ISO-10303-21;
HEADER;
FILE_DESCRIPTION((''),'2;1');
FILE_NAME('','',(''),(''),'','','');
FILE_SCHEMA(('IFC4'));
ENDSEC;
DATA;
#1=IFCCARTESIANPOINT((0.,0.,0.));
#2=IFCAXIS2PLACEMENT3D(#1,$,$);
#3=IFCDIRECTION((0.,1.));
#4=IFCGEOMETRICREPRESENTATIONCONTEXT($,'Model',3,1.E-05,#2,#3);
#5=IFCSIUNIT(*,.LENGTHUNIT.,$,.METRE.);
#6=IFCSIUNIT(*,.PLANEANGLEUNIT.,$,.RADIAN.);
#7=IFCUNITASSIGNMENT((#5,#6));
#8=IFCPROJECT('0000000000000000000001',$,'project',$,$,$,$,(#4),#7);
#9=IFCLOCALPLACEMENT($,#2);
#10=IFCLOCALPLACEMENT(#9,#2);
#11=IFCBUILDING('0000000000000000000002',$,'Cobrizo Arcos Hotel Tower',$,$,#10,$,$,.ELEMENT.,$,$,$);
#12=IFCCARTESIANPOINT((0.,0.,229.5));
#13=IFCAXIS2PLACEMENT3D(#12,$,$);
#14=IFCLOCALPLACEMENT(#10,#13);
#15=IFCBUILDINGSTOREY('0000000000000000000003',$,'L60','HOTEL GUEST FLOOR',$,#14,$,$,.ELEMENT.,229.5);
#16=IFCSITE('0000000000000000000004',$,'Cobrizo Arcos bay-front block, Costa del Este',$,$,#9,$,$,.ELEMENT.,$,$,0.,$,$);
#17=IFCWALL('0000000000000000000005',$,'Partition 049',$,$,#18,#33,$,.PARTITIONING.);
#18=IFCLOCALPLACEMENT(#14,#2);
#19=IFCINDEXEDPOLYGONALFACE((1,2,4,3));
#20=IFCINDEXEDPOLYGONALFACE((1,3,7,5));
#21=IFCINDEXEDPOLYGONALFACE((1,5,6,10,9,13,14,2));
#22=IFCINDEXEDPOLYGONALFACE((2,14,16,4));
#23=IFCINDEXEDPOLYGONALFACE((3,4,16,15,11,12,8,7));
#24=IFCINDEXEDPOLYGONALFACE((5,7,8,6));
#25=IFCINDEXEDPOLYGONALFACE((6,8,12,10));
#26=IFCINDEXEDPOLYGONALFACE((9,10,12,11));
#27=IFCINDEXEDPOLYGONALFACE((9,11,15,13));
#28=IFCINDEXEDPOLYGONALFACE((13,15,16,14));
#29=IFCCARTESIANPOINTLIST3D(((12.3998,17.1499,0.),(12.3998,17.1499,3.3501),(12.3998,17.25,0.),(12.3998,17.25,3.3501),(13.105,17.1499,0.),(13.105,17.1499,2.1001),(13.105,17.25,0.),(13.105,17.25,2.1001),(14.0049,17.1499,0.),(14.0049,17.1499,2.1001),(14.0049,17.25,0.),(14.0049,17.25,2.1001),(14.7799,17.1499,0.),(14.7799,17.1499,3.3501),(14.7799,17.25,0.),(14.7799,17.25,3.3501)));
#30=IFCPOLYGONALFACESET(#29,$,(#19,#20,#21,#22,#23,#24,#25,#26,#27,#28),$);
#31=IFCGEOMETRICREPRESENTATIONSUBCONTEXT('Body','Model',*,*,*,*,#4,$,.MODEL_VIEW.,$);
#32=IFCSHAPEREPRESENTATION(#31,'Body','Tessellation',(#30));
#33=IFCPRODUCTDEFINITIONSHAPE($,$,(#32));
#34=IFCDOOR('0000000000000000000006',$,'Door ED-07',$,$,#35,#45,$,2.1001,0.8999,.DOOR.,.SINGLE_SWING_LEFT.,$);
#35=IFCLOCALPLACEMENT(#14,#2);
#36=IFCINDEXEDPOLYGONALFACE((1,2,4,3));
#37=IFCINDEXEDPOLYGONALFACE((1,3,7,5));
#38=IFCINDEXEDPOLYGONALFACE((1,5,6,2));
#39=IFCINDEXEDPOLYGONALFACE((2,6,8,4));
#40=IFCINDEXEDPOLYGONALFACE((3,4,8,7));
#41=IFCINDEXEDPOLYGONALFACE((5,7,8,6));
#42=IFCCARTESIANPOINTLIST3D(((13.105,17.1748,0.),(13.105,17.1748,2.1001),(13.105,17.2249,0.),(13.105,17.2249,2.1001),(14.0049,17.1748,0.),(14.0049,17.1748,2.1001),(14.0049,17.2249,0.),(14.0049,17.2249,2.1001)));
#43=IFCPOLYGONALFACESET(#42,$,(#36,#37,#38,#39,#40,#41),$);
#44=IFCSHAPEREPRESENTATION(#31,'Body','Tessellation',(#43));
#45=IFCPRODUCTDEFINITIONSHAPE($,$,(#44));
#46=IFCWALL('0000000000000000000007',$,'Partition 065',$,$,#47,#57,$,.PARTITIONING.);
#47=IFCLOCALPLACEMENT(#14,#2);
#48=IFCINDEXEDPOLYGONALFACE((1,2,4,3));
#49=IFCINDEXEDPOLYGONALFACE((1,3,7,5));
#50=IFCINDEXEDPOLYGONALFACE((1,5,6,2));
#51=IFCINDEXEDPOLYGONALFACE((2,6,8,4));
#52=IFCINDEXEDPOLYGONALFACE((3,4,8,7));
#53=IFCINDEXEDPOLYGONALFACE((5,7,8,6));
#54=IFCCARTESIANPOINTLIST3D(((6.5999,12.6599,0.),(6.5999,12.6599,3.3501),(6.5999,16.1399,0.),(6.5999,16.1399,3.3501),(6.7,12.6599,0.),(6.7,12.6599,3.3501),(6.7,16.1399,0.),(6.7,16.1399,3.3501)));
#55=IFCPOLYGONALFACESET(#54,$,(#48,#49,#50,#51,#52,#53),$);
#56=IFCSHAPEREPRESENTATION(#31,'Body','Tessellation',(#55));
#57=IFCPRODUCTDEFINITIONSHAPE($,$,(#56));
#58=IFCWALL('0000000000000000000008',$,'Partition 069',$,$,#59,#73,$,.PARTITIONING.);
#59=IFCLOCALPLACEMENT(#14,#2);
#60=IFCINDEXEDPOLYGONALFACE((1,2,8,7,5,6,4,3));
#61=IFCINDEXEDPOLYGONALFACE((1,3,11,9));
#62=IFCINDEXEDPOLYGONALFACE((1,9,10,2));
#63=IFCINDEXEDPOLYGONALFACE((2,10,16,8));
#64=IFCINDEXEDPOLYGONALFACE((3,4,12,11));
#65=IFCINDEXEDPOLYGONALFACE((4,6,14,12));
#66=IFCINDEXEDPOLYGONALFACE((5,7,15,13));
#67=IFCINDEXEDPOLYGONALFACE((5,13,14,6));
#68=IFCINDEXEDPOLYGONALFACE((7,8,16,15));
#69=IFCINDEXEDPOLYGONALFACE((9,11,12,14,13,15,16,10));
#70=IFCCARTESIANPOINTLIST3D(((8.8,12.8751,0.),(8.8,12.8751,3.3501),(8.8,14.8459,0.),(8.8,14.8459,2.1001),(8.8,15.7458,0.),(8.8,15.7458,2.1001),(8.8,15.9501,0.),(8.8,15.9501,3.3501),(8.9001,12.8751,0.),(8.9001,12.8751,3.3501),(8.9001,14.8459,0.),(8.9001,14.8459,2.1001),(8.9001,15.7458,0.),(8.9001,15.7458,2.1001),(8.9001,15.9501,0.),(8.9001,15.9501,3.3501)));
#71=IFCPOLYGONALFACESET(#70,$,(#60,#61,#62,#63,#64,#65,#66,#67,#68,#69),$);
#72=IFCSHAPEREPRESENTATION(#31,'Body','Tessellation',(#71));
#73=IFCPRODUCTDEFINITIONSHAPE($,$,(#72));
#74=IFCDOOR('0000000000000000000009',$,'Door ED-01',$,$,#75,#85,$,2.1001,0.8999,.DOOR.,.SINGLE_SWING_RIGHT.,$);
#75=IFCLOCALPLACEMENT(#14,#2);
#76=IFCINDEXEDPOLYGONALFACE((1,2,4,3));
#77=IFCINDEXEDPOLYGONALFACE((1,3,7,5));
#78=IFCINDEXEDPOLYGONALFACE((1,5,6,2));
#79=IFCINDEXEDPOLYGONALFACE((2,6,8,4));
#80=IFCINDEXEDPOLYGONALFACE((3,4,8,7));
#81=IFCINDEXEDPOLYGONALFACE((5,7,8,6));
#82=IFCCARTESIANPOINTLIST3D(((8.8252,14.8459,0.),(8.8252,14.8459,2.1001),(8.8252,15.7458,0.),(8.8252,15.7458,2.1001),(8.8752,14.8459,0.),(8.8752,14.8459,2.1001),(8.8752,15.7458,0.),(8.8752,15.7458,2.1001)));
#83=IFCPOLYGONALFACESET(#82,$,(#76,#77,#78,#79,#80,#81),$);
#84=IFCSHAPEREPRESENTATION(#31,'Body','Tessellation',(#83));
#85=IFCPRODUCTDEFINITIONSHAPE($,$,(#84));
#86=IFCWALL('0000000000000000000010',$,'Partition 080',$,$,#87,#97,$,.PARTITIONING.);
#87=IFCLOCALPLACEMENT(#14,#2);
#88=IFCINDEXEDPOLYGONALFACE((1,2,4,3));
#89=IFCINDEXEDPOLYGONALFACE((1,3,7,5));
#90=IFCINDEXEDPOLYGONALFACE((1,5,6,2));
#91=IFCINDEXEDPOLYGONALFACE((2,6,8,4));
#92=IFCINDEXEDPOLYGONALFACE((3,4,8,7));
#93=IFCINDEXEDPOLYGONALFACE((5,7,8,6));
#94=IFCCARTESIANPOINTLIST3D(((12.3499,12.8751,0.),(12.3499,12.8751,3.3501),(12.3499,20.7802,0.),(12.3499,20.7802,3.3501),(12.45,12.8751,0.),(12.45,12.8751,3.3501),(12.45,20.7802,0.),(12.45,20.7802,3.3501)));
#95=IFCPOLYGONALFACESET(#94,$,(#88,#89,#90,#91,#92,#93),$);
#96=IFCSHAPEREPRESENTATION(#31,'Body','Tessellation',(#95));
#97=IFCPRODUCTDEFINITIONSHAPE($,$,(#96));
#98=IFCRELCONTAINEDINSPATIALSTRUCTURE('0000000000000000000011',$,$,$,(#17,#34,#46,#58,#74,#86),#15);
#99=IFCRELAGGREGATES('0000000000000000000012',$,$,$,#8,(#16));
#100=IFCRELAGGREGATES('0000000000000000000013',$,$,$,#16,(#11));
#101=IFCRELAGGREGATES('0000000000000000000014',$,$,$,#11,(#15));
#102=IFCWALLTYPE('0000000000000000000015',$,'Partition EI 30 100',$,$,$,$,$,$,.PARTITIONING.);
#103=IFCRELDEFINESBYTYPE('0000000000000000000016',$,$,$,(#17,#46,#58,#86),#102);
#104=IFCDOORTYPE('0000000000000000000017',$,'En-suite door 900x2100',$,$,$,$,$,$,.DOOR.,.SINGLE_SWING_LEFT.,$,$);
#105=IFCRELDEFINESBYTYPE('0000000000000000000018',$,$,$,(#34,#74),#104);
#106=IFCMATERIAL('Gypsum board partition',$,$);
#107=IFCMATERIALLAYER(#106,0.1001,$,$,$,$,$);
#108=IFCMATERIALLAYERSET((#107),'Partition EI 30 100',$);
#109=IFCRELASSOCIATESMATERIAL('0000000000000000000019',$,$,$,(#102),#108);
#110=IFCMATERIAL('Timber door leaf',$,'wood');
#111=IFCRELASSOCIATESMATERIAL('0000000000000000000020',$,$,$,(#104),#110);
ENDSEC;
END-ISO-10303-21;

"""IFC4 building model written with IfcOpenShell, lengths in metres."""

from ifc_helpers import new_model, si_unit, direction, frame, frame_2d, origin, place, context, subcontext, project, spatial, rectangle, extrude, material, layer, layer_set, type_object, element, fill, save


model = new_model("IFC4")

# Units and contexts
model_context = context("Model", 3, precision=1e-05, world=origin(), true_north=direction((0.0, 1.0)))
body_context = subcontext(model_context, "Body", "Model", "MODEL_VIEW")
ifc_project = project(units=[si_unit("LENGTHUNIT", "METRE"), si_unit("PLANEANGLEUNIT", "RADIAN")], contexts=[model_context])

# Site, building, storey
site_placement = place(None, origin())
site = spatial("IfcSite", under=ifc_project, at=site_placement, Name="Cobrizo Arcos bay-front block, Costa del Este", CompositionType="ELEMENT", RefElevation=0.0)
building_placement = place(site_placement, origin())
building = spatial("IfcBuilding", under=site, at=building_placement, Name="Cobrizo Arcos Hotel Tower", CompositionType="ELEMENT")
storey_placement = place(building_placement, frame((0.0, 0.0, 229.5)))
storey = spatial("IfcBuildingStorey", under=building, at=storey_placement, Name="L60", Description="HOTEL GUEST FLOOR", CompositionType="ELEMENT", Elevation=229.5)

# Shared definitions
ifc_material_1 = material(Name="Gypsum board partition")
ifc_material_2 = material(Name="Timber door leaf", Category="wood")

# Shared definitions
ifc_layer_1 = layer(ifc_material_1, 0.1001)
ifc_layer_set_1 = layer_set([ifc_layer_1], Name="Partition EI 30 100")
wall_type_1 = type_object("IfcWallType", Name="Partition EI 30 100", PredefinedType="PARTITIONING", material=ifc_layer_set_1)

# Wall, opening, door
wall_1_placement = place(storey_placement, frame((12.3999, 17.2, 0.0), z_axis=(0.0, 0.0, 1.0), x_axis=(1.0, 0.0, 0.0)))
wall_1 = element("IfcWall", 1, at=wall_1_placement, inside=storey, type_object=wall_type_1, Name="Partition 049", PredefinedType="PARTITIONING", context=body_context, shape_type="SweptSolid", body=[
    extrude(rectangle(XDim=2.3801, YDim=0.1001, at=frame_2d((1.1899, 0.0))), origin(), (0.0, 0.0, 1.0), 3.3501),
])
opening_1_placement = place(wall_1_placement, frame((0.7051, 0.0, 0.0)))
opening_1 = element("IfcOpeningElement", 2, at=opening_1_placement, cuts=wall_1, PredefinedType="OPENING", context=body_context, shape_type="SweptSolid", body=[
    extrude(rectangle(XDim=0.8999, YDim=2.1001, at=frame_2d((0.45, 1.05))), frame((0.0, 0.062, 0.0), z_axis=(0.0, -1.0, 0.0), x_axis=(1.0, 0.0, 0.0)), (0.0, 0.0, 1.0), 0.124),
])
door_type_1 = type_object("IfcDoorType", Name="En-suite door 900x2100", OperationType="SINGLE_SWING_LEFT", PredefinedType="DOOR", material=ifc_material_2)
door_1_placement = place(opening_1_placement, origin())
door_1 = element("IfcDoor", 3, at=door_1_placement, inside=storey, type_object=door_type_1, Name="Door ED-07", OperationType="SINGLE_SWING_LEFT", OverallHeight=2.1001, OverallWidth=0.8999, PredefinedType="DOOR", context=body_context, shape_type="SweptSolid", body=[
    extrude(rectangle(XDim=0.8999, YDim=2.1001, at=frame_2d((0.45, 1.05))), frame((0.0, 0.0249, 0.0), z_axis=(0.0, -1.0, 0.0), x_axis=(1.0, 0.0, 0.0)), (0.0, 0.0, 1.0), 0.05),
])
fill(opening_1, door_1)

# Wall
wall_2_placement = place(storey_placement, frame((6.6499, 12.6599, 0.0), z_axis=(0.0, 0.0, 1.0), x_axis=(0.0, 1.0, 0.0)))
element("IfcWall", 4, at=wall_2_placement, inside=storey, type_object=wall_type_1, Name="Partition 065", PredefinedType="PARTITIONING", context=body_context, shape_type="SweptSolid", body=[
    extrude(rectangle(XDim=3.48, YDim=0.1001, at=frame_2d((1.74, 0.0))), origin(), (0.0, 0.0, 1.0), 3.3501),
])

# Wall, opening, door
wall_3_placement = place(storey_placement, frame((8.8501, 12.875, 0.0), z_axis=(0.0, 0.0, 1.0), x_axis=(0.0, 1.0, 0.0)))
wall_3 = element("IfcWall", 5, at=wall_3_placement, inside=storey, type_object=wall_type_1, Name="Partition 069", PredefinedType="PARTITIONING", context=body_context, shape_type="SweptSolid", body=[
    extrude(rectangle(XDim=3.075, YDim=0.1001, at=frame_2d((1.5376, 0.0))), origin(), (0.0, 0.0, 1.0), 3.3501),
])
opening_2_placement = place(wall_3_placement, frame((1.9709, 0.0, 0.0)))
opening_2 = element("IfcOpeningElement", 6, at=opening_2_placement, cuts=wall_3, PredefinedType="OPENING", context=body_context, shape_type="SweptSolid", body=[
    extrude(rectangle(XDim=0.8999, YDim=2.1001, at=frame_2d((0.45, 1.05))), frame((0.0, 0.062, 0.0), z_axis=(0.0, -1.0, 0.0), x_axis=(1.0, 0.0, 0.0)), (0.0, 0.0, 1.0), 0.124),
])
door_2_placement = place(opening_2_placement, origin())
door_2 = element("IfcDoor", 7, at=door_2_placement, inside=storey, type_object=door_type_1, Name="Door ED-01", OperationType="SINGLE_SWING_RIGHT", OverallHeight=2.1001, OverallWidth=0.8999, PredefinedType="DOOR", context=body_context, shape_type="SweptSolid", body=[
    extrude(rectangle(XDim=0.8999, YDim=2.1001, at=frame_2d((0.45, 1.05))), frame((0.0, 0.0249, 0.0), z_axis=(0.0, -1.0, 0.0), x_axis=(1.0, 0.0, 0.0)), (0.0, 0.0, 1.0), 0.05),
])
fill(opening_2, door_2)

# Wall
wall_4_placement = place(storey_placement, frame((12.3999, 12.875, 0.0), z_axis=(0.0, 0.0, 1.0), x_axis=(0.0, 1.0, 0.0)))
element("IfcWall", 8, at=wall_4_placement, inside=storey, type_object=wall_type_1, Name="Partition 080", PredefinedType="PARTITIONING", context=body_context, shape_type="SweptSolid", body=[
    extrude(rectangle(XDim=7.905, YDim=0.1001, at=frame_2d((3.9526, 0.0))), origin(), (0.0, 0.0, 1.0), 3.3501),
])

save(model, "model.ifc")
